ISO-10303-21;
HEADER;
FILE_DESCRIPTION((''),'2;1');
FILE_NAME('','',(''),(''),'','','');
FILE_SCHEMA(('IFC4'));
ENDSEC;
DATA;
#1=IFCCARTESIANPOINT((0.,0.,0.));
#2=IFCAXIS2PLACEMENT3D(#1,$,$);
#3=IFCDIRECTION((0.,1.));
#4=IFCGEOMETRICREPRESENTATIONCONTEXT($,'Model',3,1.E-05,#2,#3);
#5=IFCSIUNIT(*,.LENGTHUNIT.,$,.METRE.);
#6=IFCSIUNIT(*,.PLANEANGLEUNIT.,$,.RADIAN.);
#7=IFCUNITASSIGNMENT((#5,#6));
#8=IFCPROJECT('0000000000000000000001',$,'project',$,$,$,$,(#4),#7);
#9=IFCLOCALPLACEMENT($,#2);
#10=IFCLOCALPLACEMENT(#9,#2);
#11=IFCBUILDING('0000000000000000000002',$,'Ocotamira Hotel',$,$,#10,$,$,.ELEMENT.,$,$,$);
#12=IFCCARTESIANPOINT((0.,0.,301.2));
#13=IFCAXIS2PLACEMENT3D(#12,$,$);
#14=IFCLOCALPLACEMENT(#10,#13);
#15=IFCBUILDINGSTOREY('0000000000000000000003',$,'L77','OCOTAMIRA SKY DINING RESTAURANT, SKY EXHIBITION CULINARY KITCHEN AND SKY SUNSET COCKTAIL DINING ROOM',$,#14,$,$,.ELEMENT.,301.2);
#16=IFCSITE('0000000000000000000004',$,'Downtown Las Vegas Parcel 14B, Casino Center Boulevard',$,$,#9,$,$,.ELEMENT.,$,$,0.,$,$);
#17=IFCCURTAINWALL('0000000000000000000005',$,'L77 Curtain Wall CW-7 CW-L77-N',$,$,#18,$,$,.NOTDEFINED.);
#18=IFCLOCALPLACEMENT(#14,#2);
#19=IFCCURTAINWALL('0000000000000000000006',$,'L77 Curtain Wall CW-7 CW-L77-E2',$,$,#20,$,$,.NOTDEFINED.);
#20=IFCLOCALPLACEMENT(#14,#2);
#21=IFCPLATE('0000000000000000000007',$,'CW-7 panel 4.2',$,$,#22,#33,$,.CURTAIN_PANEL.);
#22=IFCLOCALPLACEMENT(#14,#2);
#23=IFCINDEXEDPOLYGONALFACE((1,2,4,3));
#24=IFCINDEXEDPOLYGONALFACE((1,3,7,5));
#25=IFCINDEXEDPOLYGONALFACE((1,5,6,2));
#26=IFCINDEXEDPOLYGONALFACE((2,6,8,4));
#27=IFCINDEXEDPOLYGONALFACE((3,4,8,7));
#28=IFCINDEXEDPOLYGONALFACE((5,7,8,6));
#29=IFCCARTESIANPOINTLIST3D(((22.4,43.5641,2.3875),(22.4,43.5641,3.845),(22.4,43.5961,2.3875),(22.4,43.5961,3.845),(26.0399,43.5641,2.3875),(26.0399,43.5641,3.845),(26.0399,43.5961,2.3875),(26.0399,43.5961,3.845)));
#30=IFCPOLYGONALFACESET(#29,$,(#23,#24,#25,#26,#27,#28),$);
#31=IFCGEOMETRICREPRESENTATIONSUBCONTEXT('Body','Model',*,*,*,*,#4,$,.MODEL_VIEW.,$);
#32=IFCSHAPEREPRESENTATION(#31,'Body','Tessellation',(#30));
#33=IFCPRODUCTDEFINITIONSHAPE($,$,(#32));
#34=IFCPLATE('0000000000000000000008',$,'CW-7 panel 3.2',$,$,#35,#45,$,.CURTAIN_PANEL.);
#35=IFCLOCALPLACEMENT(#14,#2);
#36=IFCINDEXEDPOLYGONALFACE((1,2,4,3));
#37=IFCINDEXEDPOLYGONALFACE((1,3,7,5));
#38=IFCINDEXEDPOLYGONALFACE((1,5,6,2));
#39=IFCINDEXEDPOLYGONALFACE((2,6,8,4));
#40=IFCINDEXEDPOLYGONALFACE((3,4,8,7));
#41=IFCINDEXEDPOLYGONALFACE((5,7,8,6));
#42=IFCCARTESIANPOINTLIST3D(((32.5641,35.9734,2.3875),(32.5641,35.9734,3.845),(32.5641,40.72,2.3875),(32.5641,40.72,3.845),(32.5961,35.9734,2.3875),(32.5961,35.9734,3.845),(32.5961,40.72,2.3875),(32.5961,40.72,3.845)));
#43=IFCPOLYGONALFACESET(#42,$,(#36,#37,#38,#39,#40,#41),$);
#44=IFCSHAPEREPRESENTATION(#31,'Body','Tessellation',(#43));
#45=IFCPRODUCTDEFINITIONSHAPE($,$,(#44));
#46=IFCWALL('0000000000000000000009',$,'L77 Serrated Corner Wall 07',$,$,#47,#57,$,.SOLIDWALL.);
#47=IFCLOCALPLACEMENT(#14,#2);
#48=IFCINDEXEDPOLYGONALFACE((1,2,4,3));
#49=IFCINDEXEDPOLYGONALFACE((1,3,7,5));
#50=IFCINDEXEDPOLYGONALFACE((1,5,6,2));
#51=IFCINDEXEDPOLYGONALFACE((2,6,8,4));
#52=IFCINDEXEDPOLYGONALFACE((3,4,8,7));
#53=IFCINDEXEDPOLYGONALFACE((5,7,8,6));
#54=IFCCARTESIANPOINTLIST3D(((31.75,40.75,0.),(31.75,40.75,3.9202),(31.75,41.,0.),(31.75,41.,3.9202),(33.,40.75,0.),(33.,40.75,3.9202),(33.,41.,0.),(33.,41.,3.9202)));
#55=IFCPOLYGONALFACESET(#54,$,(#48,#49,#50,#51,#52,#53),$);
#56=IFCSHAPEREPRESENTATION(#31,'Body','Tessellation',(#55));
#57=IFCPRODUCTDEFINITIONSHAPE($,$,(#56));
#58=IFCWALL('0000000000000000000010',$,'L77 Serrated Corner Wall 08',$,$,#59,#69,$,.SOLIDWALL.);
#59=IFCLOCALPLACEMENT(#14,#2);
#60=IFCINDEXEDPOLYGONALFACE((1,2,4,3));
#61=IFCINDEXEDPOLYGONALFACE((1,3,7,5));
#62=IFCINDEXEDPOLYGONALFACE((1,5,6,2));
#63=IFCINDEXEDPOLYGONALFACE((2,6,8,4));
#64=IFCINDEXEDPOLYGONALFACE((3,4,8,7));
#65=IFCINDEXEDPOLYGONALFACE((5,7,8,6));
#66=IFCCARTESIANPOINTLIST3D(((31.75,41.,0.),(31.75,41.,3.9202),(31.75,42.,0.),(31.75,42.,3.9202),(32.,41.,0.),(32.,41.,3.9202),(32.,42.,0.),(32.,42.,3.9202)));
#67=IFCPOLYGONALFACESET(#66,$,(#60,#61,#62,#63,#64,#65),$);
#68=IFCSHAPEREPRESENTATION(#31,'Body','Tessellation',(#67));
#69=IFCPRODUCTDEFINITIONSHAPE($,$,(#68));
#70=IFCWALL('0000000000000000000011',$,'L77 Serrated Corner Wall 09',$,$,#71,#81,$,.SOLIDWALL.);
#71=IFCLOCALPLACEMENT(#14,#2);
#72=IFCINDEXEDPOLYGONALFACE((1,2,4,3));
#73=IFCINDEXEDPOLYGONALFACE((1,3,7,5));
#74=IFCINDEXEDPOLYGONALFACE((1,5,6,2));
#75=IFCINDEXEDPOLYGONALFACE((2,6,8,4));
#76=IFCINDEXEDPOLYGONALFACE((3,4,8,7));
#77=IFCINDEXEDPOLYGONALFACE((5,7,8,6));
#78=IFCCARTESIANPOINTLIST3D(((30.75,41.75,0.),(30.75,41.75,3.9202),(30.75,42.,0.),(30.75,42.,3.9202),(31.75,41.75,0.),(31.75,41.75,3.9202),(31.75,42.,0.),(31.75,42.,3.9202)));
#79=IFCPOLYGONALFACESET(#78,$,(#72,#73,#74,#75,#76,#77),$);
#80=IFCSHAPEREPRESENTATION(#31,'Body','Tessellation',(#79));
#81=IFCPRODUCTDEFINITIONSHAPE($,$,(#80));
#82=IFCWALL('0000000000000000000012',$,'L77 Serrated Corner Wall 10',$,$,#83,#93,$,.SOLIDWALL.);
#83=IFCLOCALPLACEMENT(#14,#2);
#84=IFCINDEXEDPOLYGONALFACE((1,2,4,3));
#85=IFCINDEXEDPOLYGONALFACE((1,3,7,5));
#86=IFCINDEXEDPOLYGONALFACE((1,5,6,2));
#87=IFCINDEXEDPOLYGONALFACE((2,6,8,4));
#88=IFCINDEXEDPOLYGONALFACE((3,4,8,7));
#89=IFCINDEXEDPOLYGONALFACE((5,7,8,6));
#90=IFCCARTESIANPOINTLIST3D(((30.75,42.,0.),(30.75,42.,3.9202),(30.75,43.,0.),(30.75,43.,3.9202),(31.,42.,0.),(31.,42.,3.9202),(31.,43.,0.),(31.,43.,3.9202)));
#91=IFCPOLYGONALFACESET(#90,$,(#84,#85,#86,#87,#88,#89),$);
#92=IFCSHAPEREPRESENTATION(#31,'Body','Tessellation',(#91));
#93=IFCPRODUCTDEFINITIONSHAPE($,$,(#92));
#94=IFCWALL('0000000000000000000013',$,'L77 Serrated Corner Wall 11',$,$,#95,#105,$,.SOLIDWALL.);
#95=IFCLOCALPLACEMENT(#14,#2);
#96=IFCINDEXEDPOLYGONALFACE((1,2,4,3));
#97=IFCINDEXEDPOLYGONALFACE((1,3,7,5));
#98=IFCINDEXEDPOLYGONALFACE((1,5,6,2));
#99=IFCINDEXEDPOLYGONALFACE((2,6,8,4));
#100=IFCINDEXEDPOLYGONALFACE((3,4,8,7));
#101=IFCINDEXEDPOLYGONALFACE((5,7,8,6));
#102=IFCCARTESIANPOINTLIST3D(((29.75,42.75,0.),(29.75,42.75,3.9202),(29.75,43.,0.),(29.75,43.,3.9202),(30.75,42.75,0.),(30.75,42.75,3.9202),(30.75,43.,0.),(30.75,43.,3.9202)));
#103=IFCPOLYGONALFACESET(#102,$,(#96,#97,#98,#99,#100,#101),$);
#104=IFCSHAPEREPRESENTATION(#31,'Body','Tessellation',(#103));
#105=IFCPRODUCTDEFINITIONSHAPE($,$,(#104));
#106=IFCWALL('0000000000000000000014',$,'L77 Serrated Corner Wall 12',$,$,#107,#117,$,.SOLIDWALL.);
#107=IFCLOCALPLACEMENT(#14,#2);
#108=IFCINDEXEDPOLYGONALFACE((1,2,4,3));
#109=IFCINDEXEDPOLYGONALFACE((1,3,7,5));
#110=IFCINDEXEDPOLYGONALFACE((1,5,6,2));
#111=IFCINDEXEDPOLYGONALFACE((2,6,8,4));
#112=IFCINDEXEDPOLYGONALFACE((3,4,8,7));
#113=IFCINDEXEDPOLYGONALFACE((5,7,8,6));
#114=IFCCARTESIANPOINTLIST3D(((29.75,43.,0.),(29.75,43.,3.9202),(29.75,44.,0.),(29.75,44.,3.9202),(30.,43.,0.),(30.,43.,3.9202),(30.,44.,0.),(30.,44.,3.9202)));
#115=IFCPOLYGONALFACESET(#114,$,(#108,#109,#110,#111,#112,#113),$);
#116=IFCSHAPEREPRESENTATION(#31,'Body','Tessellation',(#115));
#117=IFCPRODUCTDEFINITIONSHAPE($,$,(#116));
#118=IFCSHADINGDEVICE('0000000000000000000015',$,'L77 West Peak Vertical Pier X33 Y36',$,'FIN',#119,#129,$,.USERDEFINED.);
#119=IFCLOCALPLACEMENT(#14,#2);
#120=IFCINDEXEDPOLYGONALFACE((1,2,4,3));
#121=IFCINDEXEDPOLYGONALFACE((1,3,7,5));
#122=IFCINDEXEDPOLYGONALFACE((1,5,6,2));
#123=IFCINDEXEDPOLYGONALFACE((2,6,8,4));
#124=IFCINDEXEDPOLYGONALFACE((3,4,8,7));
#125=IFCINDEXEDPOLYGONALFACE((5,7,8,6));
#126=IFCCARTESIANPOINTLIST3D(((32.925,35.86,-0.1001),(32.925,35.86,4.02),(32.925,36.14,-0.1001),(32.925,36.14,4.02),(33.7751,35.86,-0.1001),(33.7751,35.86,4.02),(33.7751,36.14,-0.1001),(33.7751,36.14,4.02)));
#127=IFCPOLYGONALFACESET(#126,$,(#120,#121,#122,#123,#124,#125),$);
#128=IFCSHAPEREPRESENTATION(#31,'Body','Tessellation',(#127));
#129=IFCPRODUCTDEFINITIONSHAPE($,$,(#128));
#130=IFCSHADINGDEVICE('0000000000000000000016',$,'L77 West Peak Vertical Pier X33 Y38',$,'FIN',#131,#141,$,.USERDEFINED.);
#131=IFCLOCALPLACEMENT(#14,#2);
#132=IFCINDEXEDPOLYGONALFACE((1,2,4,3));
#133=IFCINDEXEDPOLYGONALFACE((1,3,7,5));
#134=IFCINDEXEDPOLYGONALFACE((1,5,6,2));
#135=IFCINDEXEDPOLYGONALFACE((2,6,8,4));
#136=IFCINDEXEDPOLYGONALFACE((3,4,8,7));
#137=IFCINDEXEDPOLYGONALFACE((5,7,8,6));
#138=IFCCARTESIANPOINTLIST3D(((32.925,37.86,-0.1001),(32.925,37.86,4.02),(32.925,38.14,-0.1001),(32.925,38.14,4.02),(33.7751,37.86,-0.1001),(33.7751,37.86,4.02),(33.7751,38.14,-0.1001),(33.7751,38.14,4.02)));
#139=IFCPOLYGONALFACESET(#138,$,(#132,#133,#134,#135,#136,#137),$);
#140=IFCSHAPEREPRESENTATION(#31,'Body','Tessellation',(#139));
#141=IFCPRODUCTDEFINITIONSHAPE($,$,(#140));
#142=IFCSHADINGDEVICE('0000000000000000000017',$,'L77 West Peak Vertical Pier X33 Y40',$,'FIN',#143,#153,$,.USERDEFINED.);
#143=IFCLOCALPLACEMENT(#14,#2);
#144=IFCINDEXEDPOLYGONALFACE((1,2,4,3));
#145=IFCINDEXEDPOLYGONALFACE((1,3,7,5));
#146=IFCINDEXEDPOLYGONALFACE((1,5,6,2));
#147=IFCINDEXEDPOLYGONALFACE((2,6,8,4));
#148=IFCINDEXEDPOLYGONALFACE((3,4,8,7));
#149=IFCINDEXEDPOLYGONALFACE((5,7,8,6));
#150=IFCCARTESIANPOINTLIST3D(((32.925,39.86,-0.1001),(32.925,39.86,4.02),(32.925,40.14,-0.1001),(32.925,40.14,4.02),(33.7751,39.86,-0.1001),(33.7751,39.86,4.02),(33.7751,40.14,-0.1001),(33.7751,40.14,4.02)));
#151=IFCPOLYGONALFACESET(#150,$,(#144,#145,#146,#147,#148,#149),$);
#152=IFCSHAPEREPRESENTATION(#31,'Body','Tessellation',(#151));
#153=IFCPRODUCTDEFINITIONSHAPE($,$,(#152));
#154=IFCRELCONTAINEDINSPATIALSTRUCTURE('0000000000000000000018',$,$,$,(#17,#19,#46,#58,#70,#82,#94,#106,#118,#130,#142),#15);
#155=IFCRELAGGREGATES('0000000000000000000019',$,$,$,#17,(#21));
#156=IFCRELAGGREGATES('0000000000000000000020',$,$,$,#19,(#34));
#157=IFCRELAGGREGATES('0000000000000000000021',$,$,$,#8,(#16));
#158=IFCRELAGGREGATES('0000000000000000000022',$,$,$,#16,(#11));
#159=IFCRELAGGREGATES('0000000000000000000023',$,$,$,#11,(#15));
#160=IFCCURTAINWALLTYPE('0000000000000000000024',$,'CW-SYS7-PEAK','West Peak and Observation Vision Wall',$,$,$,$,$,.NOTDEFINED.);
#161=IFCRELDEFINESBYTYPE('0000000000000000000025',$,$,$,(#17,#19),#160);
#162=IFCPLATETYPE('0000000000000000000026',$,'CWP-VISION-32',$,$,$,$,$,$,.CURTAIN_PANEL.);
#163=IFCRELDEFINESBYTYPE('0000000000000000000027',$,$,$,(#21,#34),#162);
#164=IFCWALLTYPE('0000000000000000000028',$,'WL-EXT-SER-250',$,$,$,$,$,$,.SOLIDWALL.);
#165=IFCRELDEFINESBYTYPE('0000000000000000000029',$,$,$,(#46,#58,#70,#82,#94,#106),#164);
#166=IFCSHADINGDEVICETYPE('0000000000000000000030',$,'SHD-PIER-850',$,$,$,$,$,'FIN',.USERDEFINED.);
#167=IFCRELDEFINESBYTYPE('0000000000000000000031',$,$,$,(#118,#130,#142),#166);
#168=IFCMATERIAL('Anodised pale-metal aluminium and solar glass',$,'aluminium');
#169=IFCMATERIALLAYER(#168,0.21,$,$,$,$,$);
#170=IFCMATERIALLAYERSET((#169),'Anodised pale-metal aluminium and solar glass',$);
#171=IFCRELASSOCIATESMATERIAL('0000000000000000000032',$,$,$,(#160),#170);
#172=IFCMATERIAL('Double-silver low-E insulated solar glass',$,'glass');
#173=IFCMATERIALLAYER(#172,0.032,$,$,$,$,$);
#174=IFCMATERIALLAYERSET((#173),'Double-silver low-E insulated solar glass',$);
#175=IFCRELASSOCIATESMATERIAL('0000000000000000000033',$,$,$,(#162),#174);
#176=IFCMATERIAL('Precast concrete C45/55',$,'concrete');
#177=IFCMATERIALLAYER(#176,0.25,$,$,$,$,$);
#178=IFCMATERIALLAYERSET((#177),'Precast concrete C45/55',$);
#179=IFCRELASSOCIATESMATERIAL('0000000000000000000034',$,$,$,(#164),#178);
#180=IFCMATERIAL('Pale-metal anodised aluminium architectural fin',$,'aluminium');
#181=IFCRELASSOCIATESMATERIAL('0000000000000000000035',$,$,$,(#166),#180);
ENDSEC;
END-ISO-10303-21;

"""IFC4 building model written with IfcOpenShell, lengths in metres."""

from ifc_helpers import new_model, si_unit, direction, frame, frame_2d, origin, origin_2d, place, context, subcontext, project, spatial, rectangle, extrude, source, transform, mapped, material, layer, layer_set, type_object, element, aggregate, save


model = new_model("IFC4")

# Units and contexts
model_context = context("Model", 3, precision=1e-05, world=origin(), true_north=direction((0.0, 1.0)))
body_context = subcontext(model_context, "Body", "Model", "MODEL_VIEW")
ifc_project = project(units=[si_unit("LENGTHUNIT", "METRE"), si_unit("PLANEANGLEUNIT", "RADIAN")], contexts=[model_context])

# Site, building, storey
site_placement = place(None, origin())
site = spatial("IfcSite", under=ifc_project, at=site_placement, Name="Downtown Las Vegas Parcel 14B, Casino Center Boulevard", CompositionType="ELEMENT", RefElevation=0.0)
building_placement = place(site_placement, origin())
building = spatial("IfcBuilding", under=site, at=building_placement, Name="Ocotamira Hotel", CompositionType="ELEMENT")
storey_placement = place(building_placement, frame((0.0, 0.0, 301.2)))
storey = spatial("IfcBuildingStorey", under=building, at=storey_placement, Name="L77", Description="OCOTAMIRA SKY DINING RESTAURANT, SKY EXHIBITION CULINARY KITCHEN AND SKY SUNSET COCKTAIL DINING ROOM", CompositionType="ELEMENT", Elevation=301.2)

# Curtain wall
ifc_material_1 = material(Name="Anodised pale-metal aluminium and solar glass", Category="aluminium")
ifc_layer_1 = layer(ifc_material_1, 0.21)
ifc_layer_set_1 = layer_set([ifc_layer_1], Name="Anodised pale-metal aluminium and solar glass")
curtain_wall_type = type_object("IfcCurtainWallType", Name="CW-SYS7-PEAK", Description="West Peak and Observation Vision Wall", PredefinedType="NOTDEFINED", material=ifc_layer_set_1)
curtain_wall_1_placement = place(storey_placement, origin())
curtain_wall_1 = element("IfcCurtainWall", 1, at=curtain_wall_1_placement, inside=storey, type_object=curtain_wall_type, Name="L77 Curtain Wall CW-7 CW-L77-N", PredefinedType="NOTDEFINED")

# Curtain wall
curtain_wall_2_placement = place(storey_placement, origin())
curtain_wall_2 = element("IfcCurtainWall", 2, at=curtain_wall_2_placement, inside=storey, type_object=curtain_wall_type, Name="L77 Curtain Wall CW-7 CW-L77-E2", PredefinedType="NOTDEFINED")

# Plates
ifc_material_2 = material(Name="Double-silver low-E insulated solar glass", Category="glass")
ifc_layer_2 = layer(ifc_material_2, 0.032)
ifc_layer_set_2 = layer_set([ifc_layer_2], Name="Double-silver low-E insulated solar glass")
plate_type = type_object("IfcPlateType", Name="CWP-VISION-32", PredefinedType="CURTAIN_PANEL", material=ifc_layer_set_2)
shared_shape_1 = source(origin(), body_context, "Body", "SweptSolid", [
    extrude(rectangle(XDim=3.6399, YDim=0.032, at=origin_2d()), origin(), (0.0, 0.0, 1.0), 1.4575),
])
plate_1_placement = place(storey_placement, frame((24.22, 43.5801, 2.3875), z_axis=(0.0, 0.0, 1.0), x_axis=(1.0, 0.0, 0.0)))
plate_1 = element("IfcPlate", 3, at=plate_1_placement, type_object=plate_type, Name="CW-7 panel 4.2", PredefinedType="CURTAIN_PANEL", context=body_context, shape_type="MappedRepresentation", body=[
    mapped(shared_shape_1, transform((0.0, 0.0, 0.0), scale=1.0)),
])
aggregate(curtain_wall_1, [plate_1])
shared_shape_2 = source(origin(), body_context, "Body", "SweptSolid", [
    extrude(rectangle(XDim=4.7466, YDim=0.032, at=origin_2d()), origin(), (0.0, 0.0, 1.0), 1.4575),
])
plate_2_placement = place(storey_placement, frame((32.5801, 38.3467, 2.3875), z_axis=(0.0, 0.0, 1.0), x_axis=(0.0, 1.0, 0.0)))
plate_2 = element("IfcPlate", 4, at=plate_2_placement, type_object=plate_type, Name="CW-7 panel 3.2", PredefinedType="CURTAIN_PANEL", context=body_context, shape_type="MappedRepresentation", body=[
    mapped(shared_shape_2, transform((0.0, 0.0, 0.0), scale=1.0)),
])
aggregate(curtain_wall_2, [plate_2])

# Walls
ifc_material_3 = material(Name="Precast concrete C45/55", Category="concrete")
ifc_layer_3 = layer(ifc_material_3, 0.25)
ifc_layer_set_3 = layer_set([ifc_layer_3], Name="Precast concrete C45/55")
wall_type = type_object("IfcWallType", Name="WL-EXT-SER-250", PredefinedType="SOLIDWALL", material=ifc_layer_set_3)
wall_placement = place(storey_placement, frame((33.0, 40.875, 0.0), z_axis=(0.0, 0.0, 1.0), x_axis=(-1.0, 0.0, 0.0)))
element("IfcWall", 5, at=wall_placement, inside=storey, type_object=wall_type, Name="L77 Serrated Corner Wall 07", PredefinedType="SOLIDWALL", context=body_context, shape_type="SweptSolid", body=[
    extrude(rectangle(XDim=1.25, YDim=0.25, at=frame_2d((0.625, 0.0))), origin(), (0.0, 0.0, 1.0), 3.9202),
])
for number, where, z_axis, x_axis, name in (
    (6, (31.875, 41.0, 0.0), (0.0, 0.0, 1.0), (0.0, 1.0, 0.0), "L77 Serrated Corner Wall 08"),
    (7, (31.75, 41.875, 0.0), (0.0, 0.0, 1.0), (-1.0, 0.0, 0.0), "L77 Serrated Corner Wall 09"),
    (8, (30.875, 42.0, 0.0), (0.0, 0.0, 1.0), (0.0, 1.0, 0.0), "L77 Serrated Corner Wall 10"),
    (9, (30.75, 42.875, 0.0), (0.0, 0.0, 1.0), (-1.0, 0.0, 0.0), "L77 Serrated Corner Wall 11"),
    (10, (29.875, 43.0, 0.0), (0.0, 0.0, 1.0), (0.0, 1.0, 0.0), "L77 Serrated Corner Wall 12"),
):
    element("IfcWall", number, at=place(storey_placement, frame(where, z_axis=z_axis, x_axis=x_axis)), inside=storey, type_object=wall_type, Name=name, PredefinedType="SOLIDWALL", context=body_context, shape_type="SweptSolid", body=[
        extrude(rectangle(XDim=1.0, YDim=0.25, at=frame_2d((0.5, 0.0))), origin(), (0.0, 0.0, 1.0), 3.9202),
    ])

# Shading devices
ifc_material_4 = material(Name="Pale-metal anodised aluminium architectural fin", Category="aluminium")
shading_device_type = type_object("IfcShadingDeviceType", Name="SHD-PIER-850", ElementType="FIN", PredefinedType="USERDEFINED", material=ifc_material_4)
shared_shape_3 = source(origin(), body_context, "Body", "SweptSolid", [
    extrude(rectangle(XDim=0.8501, YDim=0.28, at=origin_2d()), origin(), (0.0, 0.0, 1.0), 4.1201),
])
for number, where, z_axis, x_axis, name in (
    (11, (33.3501, 36.0, -0.1001), (0.0, 0.0, 1.0), (1.0, 0.0, 0.0), "L77 West Peak Vertical Pier X33 Y36"),
    (12, (33.3501, 38.0, -0.1001), (0.0, 0.0, 1.0), (1.0, 0.0, 0.0), "L77 West Peak Vertical Pier X33 Y38"),
    (13, (33.3501, 40.0, -0.1001), (0.0, 0.0, 1.0), (1.0, 0.0, 0.0), "L77 West Peak Vertical Pier X33 Y40"),
):
    element("IfcShadingDevice", number, at=place(storey_placement, frame(where, z_axis=z_axis, x_axis=x_axis)), inside=storey, type_object=shading_device_type, Name=name, ObjectType="FIN", PredefinedType="USERDEFINED", context=body_context, shape_type="MappedRepresentation", body=[
        mapped(shared_shape_3, transform((0.0, 0.0, 0.0), scale=1.0)),
    ])

save(model, "model.ifc")
